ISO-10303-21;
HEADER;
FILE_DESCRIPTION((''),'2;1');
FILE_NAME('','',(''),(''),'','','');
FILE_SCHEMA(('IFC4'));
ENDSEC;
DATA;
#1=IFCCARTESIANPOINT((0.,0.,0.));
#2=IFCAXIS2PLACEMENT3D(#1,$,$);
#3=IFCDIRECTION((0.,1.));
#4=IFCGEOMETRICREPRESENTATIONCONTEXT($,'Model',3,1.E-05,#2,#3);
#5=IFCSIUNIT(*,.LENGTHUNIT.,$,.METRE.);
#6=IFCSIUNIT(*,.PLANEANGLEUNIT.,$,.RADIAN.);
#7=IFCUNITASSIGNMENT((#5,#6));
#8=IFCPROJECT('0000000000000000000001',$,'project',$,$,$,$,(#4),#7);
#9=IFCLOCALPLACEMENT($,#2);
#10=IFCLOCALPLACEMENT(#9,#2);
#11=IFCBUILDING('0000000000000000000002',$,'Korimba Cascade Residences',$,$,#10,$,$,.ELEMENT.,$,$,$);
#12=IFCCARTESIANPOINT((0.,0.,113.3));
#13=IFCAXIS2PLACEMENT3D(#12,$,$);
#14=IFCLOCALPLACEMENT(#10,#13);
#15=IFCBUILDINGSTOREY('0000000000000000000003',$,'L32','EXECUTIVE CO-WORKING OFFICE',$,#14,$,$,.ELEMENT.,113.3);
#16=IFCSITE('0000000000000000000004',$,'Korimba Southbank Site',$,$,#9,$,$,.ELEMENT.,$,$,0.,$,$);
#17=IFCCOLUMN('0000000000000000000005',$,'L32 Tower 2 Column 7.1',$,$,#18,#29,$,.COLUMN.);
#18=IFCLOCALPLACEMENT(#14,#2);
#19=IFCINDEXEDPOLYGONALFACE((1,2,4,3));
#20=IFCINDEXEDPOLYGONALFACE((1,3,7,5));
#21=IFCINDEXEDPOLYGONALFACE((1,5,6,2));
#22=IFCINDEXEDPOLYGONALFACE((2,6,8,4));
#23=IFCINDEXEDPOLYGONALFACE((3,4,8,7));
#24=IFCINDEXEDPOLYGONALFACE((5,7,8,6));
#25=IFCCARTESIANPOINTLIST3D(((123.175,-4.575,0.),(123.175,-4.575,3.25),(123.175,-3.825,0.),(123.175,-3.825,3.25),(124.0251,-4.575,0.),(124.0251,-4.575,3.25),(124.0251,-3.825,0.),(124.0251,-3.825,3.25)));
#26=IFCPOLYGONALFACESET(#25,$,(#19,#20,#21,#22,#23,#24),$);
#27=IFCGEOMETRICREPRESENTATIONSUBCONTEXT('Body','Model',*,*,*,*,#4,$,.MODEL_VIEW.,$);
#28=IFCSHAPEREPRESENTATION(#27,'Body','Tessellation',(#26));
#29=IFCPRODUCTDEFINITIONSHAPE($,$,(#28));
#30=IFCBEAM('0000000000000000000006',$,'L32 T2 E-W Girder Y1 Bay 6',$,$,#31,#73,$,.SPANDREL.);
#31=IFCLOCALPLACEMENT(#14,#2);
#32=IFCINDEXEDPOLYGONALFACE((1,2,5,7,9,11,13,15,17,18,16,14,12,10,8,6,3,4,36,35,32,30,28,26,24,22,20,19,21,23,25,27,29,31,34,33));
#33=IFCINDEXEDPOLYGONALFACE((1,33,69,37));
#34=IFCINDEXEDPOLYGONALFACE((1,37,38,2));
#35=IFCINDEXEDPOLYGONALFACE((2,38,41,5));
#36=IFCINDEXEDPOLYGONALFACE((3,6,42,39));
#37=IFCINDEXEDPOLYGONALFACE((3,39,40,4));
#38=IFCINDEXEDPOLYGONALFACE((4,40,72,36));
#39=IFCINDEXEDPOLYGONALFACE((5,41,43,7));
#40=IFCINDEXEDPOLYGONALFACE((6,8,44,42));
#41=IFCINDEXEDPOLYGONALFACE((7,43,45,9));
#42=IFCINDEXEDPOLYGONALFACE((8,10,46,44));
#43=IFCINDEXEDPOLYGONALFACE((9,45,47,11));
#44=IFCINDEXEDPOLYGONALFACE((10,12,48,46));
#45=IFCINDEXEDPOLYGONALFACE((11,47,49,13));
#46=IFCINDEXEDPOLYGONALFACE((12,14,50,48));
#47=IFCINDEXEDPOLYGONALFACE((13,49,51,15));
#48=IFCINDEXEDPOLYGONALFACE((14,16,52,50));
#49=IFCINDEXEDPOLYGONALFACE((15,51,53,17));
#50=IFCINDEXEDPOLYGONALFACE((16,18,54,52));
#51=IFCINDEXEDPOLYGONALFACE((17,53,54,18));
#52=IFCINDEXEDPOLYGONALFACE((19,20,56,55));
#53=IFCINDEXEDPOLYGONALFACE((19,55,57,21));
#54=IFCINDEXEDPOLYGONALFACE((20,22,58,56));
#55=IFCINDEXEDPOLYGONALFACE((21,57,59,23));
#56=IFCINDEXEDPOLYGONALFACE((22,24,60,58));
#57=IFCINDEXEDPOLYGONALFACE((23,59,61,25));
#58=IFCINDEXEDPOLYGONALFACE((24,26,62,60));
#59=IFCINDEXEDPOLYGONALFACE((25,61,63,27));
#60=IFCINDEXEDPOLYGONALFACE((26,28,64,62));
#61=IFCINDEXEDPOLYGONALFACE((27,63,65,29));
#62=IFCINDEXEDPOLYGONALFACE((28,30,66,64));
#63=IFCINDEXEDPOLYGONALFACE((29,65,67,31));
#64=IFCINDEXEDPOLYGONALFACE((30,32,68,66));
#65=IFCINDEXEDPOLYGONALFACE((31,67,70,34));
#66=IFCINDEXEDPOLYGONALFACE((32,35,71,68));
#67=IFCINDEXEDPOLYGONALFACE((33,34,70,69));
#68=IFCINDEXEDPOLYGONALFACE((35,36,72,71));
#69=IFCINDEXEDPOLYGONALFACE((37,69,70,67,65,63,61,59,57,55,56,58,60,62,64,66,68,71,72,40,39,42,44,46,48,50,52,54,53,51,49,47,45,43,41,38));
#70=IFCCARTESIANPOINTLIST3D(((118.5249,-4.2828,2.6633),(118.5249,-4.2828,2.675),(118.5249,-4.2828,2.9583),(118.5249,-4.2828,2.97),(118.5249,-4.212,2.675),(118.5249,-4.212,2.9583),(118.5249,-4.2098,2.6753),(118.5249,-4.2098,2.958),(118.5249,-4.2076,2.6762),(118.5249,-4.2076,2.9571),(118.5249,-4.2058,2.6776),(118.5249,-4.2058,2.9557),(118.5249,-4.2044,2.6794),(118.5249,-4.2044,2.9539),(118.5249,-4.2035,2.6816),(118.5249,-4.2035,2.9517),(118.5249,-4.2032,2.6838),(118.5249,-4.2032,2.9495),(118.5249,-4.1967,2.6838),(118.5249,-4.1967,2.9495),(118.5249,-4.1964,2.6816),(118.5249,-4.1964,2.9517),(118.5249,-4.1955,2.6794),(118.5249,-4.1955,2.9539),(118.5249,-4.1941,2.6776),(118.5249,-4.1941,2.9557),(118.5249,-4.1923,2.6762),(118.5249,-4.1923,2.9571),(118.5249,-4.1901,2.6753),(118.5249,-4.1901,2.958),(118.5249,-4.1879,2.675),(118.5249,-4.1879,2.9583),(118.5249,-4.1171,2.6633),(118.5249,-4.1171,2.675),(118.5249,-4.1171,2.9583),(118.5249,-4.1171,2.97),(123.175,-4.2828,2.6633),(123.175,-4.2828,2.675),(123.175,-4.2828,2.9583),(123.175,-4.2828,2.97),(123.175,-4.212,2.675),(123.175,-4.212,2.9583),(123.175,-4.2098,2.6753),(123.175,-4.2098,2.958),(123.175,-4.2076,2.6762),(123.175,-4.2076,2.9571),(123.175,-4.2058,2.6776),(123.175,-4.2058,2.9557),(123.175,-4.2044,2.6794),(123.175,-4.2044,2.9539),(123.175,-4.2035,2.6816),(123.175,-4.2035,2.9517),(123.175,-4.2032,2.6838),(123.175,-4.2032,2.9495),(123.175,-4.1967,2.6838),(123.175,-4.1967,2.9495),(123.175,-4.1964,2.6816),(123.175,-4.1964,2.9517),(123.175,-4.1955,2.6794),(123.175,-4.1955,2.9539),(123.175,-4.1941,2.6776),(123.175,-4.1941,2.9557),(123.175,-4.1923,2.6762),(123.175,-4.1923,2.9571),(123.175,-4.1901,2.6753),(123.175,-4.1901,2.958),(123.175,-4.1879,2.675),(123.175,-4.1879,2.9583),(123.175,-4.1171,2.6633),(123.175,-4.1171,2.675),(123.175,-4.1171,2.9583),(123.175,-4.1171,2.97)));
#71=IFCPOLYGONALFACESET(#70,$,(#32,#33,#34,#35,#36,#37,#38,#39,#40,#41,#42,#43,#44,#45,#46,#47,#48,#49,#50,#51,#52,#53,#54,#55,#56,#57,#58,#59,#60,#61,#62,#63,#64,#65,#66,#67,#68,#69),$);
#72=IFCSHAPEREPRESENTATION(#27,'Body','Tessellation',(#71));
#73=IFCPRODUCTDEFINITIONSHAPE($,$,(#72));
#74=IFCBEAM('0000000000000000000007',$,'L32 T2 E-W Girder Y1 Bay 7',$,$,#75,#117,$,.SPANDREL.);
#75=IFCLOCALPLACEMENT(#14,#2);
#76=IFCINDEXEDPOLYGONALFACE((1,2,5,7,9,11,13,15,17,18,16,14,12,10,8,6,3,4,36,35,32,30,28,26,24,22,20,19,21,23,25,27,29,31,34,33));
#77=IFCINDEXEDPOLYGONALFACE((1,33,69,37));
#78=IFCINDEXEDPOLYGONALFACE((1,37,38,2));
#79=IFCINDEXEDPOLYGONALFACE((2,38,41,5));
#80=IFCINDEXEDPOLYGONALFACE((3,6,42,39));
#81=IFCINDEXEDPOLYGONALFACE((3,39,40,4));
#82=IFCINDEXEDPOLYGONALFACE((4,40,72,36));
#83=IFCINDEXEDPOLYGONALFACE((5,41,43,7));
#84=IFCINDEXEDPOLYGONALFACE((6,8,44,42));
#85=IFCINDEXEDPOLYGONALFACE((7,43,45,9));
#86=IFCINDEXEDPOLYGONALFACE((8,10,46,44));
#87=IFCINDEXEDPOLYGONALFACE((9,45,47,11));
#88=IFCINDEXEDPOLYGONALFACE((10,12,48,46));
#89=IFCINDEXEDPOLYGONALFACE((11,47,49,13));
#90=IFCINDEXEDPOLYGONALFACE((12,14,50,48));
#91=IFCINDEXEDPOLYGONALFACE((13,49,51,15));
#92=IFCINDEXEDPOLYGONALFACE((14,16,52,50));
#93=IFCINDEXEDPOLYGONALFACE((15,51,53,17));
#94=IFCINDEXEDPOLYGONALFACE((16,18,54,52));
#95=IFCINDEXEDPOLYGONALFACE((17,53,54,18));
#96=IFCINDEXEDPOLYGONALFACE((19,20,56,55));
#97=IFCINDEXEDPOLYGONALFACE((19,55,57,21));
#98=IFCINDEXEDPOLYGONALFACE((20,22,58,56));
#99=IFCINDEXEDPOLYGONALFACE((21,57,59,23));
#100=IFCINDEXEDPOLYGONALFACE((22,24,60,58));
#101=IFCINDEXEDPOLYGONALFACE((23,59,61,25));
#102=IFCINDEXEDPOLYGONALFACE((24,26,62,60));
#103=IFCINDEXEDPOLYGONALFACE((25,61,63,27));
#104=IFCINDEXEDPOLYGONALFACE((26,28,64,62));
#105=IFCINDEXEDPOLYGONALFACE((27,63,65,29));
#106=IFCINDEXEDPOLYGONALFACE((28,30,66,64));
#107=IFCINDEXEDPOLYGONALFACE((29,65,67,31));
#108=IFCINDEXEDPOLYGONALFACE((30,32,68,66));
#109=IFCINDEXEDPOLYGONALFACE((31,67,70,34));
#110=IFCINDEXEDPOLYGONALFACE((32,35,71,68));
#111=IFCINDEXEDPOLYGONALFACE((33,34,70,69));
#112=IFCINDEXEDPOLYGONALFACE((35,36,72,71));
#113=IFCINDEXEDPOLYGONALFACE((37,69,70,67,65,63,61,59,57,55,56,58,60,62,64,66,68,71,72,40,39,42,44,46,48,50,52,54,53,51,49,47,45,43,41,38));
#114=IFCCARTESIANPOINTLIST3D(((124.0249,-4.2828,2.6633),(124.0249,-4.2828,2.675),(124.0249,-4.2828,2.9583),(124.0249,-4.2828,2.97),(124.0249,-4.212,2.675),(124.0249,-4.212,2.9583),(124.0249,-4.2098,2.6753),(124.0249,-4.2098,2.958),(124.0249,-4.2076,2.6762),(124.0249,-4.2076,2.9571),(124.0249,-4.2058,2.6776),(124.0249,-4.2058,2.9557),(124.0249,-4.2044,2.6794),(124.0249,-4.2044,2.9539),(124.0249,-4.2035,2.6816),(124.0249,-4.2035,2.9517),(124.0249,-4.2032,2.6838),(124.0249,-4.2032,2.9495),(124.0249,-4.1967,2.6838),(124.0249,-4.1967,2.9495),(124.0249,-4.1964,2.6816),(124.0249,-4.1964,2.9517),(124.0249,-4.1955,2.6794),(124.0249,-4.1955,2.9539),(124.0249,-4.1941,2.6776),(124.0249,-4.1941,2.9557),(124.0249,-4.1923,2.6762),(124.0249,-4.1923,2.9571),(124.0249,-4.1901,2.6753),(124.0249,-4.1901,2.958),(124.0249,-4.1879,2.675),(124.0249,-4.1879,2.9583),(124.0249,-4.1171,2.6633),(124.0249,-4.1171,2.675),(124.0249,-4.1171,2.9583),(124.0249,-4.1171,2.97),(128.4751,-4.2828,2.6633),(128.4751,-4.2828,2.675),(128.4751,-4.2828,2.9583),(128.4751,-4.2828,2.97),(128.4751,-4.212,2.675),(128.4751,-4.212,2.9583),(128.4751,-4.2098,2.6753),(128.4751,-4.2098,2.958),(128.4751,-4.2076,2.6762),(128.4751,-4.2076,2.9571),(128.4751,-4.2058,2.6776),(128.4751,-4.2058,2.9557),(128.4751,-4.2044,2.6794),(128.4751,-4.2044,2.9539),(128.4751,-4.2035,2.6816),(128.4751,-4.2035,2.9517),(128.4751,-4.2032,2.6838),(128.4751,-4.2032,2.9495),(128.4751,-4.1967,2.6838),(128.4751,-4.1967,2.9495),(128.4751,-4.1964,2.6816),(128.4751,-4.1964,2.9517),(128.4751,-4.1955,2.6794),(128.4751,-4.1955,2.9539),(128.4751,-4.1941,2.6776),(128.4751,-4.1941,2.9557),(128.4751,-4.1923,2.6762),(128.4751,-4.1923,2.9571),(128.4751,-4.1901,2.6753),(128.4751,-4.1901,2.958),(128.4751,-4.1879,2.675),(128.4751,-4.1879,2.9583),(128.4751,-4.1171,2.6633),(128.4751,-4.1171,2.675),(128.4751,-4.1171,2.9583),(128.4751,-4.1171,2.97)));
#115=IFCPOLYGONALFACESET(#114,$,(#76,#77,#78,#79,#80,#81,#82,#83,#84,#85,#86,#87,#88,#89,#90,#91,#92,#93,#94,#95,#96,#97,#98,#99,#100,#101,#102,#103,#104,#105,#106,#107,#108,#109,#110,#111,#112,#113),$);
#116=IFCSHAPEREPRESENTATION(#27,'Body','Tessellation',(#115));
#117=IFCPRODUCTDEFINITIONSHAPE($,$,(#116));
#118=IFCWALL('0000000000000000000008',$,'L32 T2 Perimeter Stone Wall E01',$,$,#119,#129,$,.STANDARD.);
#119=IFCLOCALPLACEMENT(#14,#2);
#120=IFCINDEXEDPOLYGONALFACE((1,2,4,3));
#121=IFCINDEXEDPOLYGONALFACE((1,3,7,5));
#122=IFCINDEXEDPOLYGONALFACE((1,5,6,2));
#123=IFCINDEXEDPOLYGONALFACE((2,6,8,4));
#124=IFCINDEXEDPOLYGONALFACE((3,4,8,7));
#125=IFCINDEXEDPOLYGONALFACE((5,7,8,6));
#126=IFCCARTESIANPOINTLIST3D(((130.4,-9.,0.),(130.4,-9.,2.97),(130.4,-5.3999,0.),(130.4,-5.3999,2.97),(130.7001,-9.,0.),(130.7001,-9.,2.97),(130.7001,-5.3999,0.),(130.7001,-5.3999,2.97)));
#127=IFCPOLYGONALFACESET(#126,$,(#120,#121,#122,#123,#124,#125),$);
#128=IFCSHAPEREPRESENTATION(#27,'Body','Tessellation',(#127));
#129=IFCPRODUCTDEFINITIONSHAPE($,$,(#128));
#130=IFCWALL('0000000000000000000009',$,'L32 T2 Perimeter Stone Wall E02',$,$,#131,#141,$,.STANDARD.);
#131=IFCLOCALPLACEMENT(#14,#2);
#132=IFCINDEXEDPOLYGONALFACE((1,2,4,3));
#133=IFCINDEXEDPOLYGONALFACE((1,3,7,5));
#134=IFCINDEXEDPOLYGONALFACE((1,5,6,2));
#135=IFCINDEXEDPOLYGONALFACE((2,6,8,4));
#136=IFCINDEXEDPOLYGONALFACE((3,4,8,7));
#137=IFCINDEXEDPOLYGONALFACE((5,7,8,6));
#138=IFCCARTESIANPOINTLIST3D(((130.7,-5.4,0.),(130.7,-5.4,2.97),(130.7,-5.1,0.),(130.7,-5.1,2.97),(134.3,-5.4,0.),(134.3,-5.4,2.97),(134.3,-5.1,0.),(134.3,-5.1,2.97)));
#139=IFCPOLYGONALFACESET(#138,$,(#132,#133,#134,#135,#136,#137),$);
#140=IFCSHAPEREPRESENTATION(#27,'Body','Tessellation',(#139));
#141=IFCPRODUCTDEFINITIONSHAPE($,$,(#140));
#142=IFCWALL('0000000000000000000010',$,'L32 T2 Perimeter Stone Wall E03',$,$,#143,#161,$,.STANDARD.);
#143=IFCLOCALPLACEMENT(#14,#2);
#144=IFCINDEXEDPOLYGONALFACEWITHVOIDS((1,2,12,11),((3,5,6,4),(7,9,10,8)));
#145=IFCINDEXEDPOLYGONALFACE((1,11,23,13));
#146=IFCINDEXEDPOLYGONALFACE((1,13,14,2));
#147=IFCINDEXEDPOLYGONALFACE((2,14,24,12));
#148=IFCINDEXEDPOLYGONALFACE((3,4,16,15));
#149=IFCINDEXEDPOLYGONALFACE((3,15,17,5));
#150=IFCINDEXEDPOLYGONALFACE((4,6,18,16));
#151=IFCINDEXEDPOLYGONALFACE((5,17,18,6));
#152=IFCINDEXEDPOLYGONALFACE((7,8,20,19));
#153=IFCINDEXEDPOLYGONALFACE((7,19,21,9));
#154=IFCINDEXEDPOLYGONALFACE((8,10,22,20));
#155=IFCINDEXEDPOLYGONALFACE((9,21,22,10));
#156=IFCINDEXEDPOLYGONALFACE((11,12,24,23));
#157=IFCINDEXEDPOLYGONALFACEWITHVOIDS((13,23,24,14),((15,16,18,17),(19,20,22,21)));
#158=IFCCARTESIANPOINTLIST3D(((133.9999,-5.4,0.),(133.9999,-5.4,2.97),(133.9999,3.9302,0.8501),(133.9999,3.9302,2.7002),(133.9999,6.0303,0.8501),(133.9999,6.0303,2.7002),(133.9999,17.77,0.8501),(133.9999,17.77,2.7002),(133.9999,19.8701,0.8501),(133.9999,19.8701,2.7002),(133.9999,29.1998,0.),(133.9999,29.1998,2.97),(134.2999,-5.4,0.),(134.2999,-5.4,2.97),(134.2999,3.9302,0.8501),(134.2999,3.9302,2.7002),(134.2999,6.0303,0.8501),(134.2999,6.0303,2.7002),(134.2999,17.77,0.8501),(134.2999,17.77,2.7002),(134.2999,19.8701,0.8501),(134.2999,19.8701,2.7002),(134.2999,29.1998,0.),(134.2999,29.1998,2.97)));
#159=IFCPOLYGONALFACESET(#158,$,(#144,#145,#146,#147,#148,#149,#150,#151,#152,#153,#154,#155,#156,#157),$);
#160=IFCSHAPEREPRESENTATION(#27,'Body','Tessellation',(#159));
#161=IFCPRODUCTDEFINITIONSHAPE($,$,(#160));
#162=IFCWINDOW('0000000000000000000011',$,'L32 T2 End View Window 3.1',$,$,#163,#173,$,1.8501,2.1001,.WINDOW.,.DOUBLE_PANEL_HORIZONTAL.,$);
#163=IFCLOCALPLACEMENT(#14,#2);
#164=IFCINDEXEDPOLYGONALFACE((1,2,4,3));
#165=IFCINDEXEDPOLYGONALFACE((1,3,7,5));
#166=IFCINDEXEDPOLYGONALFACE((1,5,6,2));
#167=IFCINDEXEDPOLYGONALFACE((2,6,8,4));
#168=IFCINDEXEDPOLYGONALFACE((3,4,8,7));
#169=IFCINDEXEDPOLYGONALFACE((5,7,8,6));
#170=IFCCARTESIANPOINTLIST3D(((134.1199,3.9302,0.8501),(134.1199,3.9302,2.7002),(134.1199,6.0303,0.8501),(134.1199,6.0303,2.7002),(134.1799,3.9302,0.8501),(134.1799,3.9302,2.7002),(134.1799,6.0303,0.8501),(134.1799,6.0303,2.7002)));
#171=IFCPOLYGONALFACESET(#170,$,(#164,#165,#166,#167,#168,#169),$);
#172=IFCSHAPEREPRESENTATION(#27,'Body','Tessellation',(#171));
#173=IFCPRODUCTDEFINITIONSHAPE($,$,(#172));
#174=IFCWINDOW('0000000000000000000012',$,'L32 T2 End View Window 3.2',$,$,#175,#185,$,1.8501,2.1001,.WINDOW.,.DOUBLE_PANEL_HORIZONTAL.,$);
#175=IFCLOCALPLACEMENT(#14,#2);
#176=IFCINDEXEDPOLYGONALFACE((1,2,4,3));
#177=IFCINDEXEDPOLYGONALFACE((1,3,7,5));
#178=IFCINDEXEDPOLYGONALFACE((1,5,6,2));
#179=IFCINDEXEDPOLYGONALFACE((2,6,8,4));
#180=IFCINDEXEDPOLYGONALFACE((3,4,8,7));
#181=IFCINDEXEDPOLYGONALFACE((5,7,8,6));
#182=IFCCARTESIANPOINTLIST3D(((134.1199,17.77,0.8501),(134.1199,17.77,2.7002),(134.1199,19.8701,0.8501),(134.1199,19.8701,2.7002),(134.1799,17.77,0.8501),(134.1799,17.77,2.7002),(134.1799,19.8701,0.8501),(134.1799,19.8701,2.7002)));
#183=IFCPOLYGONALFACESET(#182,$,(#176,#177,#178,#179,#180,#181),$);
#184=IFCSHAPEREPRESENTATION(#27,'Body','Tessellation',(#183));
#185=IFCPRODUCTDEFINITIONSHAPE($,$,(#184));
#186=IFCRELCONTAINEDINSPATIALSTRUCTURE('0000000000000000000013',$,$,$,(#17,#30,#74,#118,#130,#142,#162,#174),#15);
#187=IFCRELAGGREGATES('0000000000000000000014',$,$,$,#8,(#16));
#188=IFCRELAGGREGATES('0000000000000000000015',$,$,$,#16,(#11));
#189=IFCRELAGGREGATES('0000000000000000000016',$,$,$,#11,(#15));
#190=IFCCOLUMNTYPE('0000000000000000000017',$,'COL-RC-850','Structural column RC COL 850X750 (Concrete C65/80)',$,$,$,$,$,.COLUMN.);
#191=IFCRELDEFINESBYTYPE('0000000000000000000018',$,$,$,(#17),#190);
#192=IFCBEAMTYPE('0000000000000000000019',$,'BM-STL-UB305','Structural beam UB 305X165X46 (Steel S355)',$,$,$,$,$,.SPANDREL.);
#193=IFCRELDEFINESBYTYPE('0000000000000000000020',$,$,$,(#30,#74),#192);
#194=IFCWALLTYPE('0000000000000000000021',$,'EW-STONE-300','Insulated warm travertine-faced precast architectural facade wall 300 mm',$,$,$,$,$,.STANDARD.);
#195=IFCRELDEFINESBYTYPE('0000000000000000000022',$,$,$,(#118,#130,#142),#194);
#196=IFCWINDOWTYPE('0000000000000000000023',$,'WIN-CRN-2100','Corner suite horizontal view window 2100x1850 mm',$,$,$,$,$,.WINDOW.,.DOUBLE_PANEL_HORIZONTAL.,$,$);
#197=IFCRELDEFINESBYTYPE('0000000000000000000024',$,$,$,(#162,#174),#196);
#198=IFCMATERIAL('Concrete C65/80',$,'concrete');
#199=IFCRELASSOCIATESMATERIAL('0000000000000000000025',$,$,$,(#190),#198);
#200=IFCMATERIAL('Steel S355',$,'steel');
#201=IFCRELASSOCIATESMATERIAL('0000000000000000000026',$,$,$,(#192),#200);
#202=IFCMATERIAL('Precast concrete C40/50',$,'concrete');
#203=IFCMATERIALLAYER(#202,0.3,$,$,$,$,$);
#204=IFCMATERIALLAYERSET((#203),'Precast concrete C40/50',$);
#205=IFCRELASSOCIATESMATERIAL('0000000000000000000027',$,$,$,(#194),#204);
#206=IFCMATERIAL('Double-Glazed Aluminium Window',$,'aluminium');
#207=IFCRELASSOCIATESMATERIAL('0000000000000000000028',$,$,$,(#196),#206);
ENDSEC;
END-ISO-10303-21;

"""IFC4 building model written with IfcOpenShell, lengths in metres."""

from ifc_helpers import new_model, si_unit, direction, frame, frame_2d, origin, origin_2d, place, context, subcontext, project, spatial, rectangle, i_section, extrude, material, layer, layer_set, material_profile, profile_set, type_object, element, fill, save


model = new_model("IFC4")

# Units and contexts
model_context = context("Model", 3, precision=1e-05, world=origin(), true_north=direction((0.0, 1.0)))
body_context = subcontext(model_context, "Body", "Model", "MODEL_VIEW")
ifc_project = project(units=[si_unit("LENGTHUNIT", "METRE"), si_unit("PLANEANGLEUNIT", "RADIAN")], contexts=[model_context])

# Site, building, storey
site_placement = place(None, origin())
site = spatial("IfcSite", under=ifc_project, at=site_placement, Name="Korimba Southbank Site", CompositionType="ELEMENT", RefElevation=0.0)
building_placement = place(site_placement, origin())
building = spatial("IfcBuilding", under=site, at=building_placement, Name="Korimba Cascade Residences", CompositionType="ELEMENT")
storey_placement = place(building_placement, frame((0.0, 0.0, 113.3)))
storey = spatial("IfcBuildingStorey", under=building, at=storey_placement, Name="L32", Description="EXECUTIVE CO-WORKING OFFICE", CompositionType="ELEMENT", Elevation=113.3)

# Column
ifc_material_1 = material(Name="Concrete C65/80", Category="concrete")
ifc_material_profile_1 = material_profile(ifc_material_1, rectangle(XDim=0.8501, YDim=0.75, at=origin_2d()), Name="Concrete C65/80")
ifc_profile_set_1 = profile_set([ifc_material_profile_1], Name="Concrete C65/80")
column_type = type_object("IfcColumnType", Name="COL-RC-850", Description="Structural column RC COL 850X750 (Concrete C65/80)", PredefinedType="COLUMN", material=ifc_profile_set_1)
column_placement = place(storey_placement, frame((123.6001, -4.2, 0.0), z_axis=(0.0, 0.0, 1.0), x_axis=(1.0, 0.0, 0.0)))
element("IfcColumn", 1, at=column_placement, inside=storey, type_object=column_type, Name="L32 Tower 2 Column 7.1", PredefinedType="COLUMN", context=body_context, shape_type="SweptSolid", body=[
    extrude(rectangle(XDim=0.8501, YDim=0.75, at=origin_2d()), origin(), (0.0, 0.0, 1.0), 3.25),
])

# Beams
ifc_material_2 = material(Name="Steel S355", Category="steel")
ifc_material_profile_2 = material_profile(ifc_material_2, i_section(OverallWidth=0.1658, OverallDepth=0.3066, WebThickness=0.0066, FlangeThickness=0.0117, FilletRadius=0.0088, at=origin_2d()), Name="Steel S355")
ifc_profile_set_2 = profile_set([ifc_material_profile_2], Name="Steel S355")
beam_type = type_object("IfcBeamType", Name="BM-STL-UB305", Description="Structural beam UB 305X165X46 (Steel S355)", PredefinedType="SPANDREL", material=ifc_profile_set_2)
beam_1_placement = place(storey_placement, frame((118.5249, -4.2, 2.8167), z_axis=(1.0, 0.0, 0.0), x_axis=(0.0, 1.0, 0.0)))
element("IfcBeam", 2, at=beam_1_placement, inside=storey, type_object=beam_type, Name="L32 T2 E-W Girder Y1 Bay 6", PredefinedType="SPANDREL", context=body_context, shape_type="SweptSolid", body=[
    extrude(i_section(OverallWidth=0.1658, OverallDepth=0.3066, WebThickness=0.0066, FlangeThickness=0.0117, FilletRadius=0.0088, at=origin_2d()), origin(), (0.0, 0.0, 1.0), 4.6501),
])
beam_2_placement = place(storey_placement, frame((124.0249, -4.2, 2.8167), z_axis=(1.0, 0.0, 0.0), x_axis=(0.0, 1.0, 0.0)))
element("IfcBeam", 3, at=beam_2_placement, inside=storey, type_object=beam_type, Name="L32 T2 E-W Girder Y1 Bay 7", PredefinedType="SPANDREL", context=body_context, shape_type="SweptSolid", body=[
    extrude(i_section(OverallWidth=0.1658, OverallDepth=0.3066, WebThickness=0.0066, FlangeThickness=0.0117, FilletRadius=0.0088, at=origin_2d()), origin(), (0.0, 0.0, 1.0), 4.4502),
])

# Walls
ifc_material_3 = material(Name="Precast concrete C40/50", Category="concrete")
ifc_layer_1 = layer(ifc_material_3, 0.3)
ifc_layer_set_1 = layer_set([ifc_layer_1], Name="Precast concrete C40/50")
wall_type_1 = type_object("IfcWallType", Name="EW-STONE-300", Description="Insulated warm travertine-faced precast architectural facade wall 300 mm", PredefinedType="STANDARD", material=ifc_layer_set_1)
for number, where, z_axis, x_axis, name in (
    (4, (130.55, -9.0, 0.0), (0.0, 0.0, 1.0), (0.0, 1.0, 0.0), "L32 T2 Perimeter Stone Wall E01"),
    (5, (130.7, -5.25, 0.0), (0.0, 0.0, 1.0), (1.0, 0.0, 0.0), "L32 T2 Perimeter Stone Wall E02"),
):
    element("IfcWall", number, at=place(storey_placement, frame(where, z_axis=z_axis, x_axis=x_axis)), inside=storey, type_object=wall_type_1, Name=name, PredefinedType="STANDARD", context=body_context, shape_type="SweptSolid", body=[
        extrude(rectangle(XDim=3.6001, YDim=0.3, at=frame_2d((1.8, 0.0))), origin(), (0.0, 0.0, 1.0), 2.97),
    ])

# Wall, openings, windows
wall_1_placement = place(storey_placement, frame((134.1499, -5.3999, 0.0), z_axis=(0.0, 0.0, 1.0), x_axis=(0.0, 1.0, 0.0)))
wall_1 = element("IfcWall", 6, at=wall_1_placement, inside=storey, type_object=wall_type_1, Name="L32 T2 Perimeter Stone Wall E03", PredefinedType="STANDARD", context=body_context, shape_type="SweptSolid", body=[
    extrude(rectangle(XDim=34.5999, YDim=0.3, at=frame_2d((17.2998, 0.0))), origin(), (0.0, 0.0, 1.0), 2.97),
])
opening_1_placement = place(wall_1_placement, frame((9.3301, 0.0, 0.8501)))
opening_1 = element("IfcOpeningElement", 7, at=opening_1_placement, cuts=wall_1, PredefinedType="OPENING", context=body_context, shape_type="SweptSolid", body=[
    extrude(rectangle(XDim=2.1001, YDim=1.8501, at=frame_2d((1.05, 0.925))), frame((0.0, 0.1602, 0.0), z_axis=(0.0, -1.0, 0.0), x_axis=(1.0, 0.0, 0.0)), (0.0, 0.0, 1.0), 0.3201),
])
opening_2_placement = place(wall_1_placement, frame((23.1699, 0.0, 0.8501)))
opening_2 = element("IfcOpeningElement", 8, at=opening_2_placement, cuts=wall_1, PredefinedType="OPENING", context=body_context, shape_type="SweptSolid", body=[
    extrude(rectangle(XDim=2.1001, YDim=1.8501, at=frame_2d((1.05, 0.925))), frame((0.0, 0.1602, 0.0), z_axis=(0.0, -1.0, 0.0), x_axis=(1.0, 0.0, 0.0)), (0.0, 0.0, 1.0), 0.3201),
])
ifc_material_4 = material(Name="Double-Glazed Aluminium Window", Category="aluminium")
window_type = type_object("IfcWindowType", Name="WIN-CRN-2100", Description="Corner suite horizontal view window 2100x1850 mm", PartitioningType="DOUBLE_PANEL_HORIZONTAL", PredefinedType="WINDOW", material=ifc_material_4)
window_1_placement = place(opening_1_placement, origin())
window_1 = element("IfcWindow", 9, at=window_1_placement, inside=storey, type_object=window_type, Name="L32 T2 End View Window 3.1", OverallHeight=1.8501, OverallWidth=2.1001, PartitioningType="DOUBLE_PANEL_HORIZONTAL", PredefinedType="WINDOW", context=body_context, shape_type="SweptSolid", body=[
    extrude(rectangle(XDim=2.1001, YDim=1.8501, at=frame_2d((1.05, 0.925))), frame((0.0, 0.03, 0.0), z_axis=(0.0, -1.0, 0.0), x_axis=(1.0, 0.0, 0.0)), (0.0, 0.0, 1.0), 0.0601),
])
fill(opening_1, window_1)
window_2_placement = place(opening_2_placement, origin())
window_2 = element("IfcWindow", 10, at=window_2_placement, inside=storey, type_object=window_type, Name="L32 T2 End View Window 3.2", OverallHeight=1.8501, OverallWidth=2.1001, PartitioningType="DOUBLE_PANEL_HORIZONTAL", PredefinedType="WINDOW", context=body_context, shape_type="SweptSolid", body=[
    extrude(rectangle(XDim=2.1001, YDim=1.8501, at=frame_2d((1.05, 0.925))), frame((0.0, 0.03, 0.0), z_axis=(0.0, -1.0, 0.0), x_axis=(1.0, 0.0, 0.0)), (0.0, 0.0, 1.0), 0.0601),
])
fill(opening_2, window_2)

save(model, "model.ifc")
